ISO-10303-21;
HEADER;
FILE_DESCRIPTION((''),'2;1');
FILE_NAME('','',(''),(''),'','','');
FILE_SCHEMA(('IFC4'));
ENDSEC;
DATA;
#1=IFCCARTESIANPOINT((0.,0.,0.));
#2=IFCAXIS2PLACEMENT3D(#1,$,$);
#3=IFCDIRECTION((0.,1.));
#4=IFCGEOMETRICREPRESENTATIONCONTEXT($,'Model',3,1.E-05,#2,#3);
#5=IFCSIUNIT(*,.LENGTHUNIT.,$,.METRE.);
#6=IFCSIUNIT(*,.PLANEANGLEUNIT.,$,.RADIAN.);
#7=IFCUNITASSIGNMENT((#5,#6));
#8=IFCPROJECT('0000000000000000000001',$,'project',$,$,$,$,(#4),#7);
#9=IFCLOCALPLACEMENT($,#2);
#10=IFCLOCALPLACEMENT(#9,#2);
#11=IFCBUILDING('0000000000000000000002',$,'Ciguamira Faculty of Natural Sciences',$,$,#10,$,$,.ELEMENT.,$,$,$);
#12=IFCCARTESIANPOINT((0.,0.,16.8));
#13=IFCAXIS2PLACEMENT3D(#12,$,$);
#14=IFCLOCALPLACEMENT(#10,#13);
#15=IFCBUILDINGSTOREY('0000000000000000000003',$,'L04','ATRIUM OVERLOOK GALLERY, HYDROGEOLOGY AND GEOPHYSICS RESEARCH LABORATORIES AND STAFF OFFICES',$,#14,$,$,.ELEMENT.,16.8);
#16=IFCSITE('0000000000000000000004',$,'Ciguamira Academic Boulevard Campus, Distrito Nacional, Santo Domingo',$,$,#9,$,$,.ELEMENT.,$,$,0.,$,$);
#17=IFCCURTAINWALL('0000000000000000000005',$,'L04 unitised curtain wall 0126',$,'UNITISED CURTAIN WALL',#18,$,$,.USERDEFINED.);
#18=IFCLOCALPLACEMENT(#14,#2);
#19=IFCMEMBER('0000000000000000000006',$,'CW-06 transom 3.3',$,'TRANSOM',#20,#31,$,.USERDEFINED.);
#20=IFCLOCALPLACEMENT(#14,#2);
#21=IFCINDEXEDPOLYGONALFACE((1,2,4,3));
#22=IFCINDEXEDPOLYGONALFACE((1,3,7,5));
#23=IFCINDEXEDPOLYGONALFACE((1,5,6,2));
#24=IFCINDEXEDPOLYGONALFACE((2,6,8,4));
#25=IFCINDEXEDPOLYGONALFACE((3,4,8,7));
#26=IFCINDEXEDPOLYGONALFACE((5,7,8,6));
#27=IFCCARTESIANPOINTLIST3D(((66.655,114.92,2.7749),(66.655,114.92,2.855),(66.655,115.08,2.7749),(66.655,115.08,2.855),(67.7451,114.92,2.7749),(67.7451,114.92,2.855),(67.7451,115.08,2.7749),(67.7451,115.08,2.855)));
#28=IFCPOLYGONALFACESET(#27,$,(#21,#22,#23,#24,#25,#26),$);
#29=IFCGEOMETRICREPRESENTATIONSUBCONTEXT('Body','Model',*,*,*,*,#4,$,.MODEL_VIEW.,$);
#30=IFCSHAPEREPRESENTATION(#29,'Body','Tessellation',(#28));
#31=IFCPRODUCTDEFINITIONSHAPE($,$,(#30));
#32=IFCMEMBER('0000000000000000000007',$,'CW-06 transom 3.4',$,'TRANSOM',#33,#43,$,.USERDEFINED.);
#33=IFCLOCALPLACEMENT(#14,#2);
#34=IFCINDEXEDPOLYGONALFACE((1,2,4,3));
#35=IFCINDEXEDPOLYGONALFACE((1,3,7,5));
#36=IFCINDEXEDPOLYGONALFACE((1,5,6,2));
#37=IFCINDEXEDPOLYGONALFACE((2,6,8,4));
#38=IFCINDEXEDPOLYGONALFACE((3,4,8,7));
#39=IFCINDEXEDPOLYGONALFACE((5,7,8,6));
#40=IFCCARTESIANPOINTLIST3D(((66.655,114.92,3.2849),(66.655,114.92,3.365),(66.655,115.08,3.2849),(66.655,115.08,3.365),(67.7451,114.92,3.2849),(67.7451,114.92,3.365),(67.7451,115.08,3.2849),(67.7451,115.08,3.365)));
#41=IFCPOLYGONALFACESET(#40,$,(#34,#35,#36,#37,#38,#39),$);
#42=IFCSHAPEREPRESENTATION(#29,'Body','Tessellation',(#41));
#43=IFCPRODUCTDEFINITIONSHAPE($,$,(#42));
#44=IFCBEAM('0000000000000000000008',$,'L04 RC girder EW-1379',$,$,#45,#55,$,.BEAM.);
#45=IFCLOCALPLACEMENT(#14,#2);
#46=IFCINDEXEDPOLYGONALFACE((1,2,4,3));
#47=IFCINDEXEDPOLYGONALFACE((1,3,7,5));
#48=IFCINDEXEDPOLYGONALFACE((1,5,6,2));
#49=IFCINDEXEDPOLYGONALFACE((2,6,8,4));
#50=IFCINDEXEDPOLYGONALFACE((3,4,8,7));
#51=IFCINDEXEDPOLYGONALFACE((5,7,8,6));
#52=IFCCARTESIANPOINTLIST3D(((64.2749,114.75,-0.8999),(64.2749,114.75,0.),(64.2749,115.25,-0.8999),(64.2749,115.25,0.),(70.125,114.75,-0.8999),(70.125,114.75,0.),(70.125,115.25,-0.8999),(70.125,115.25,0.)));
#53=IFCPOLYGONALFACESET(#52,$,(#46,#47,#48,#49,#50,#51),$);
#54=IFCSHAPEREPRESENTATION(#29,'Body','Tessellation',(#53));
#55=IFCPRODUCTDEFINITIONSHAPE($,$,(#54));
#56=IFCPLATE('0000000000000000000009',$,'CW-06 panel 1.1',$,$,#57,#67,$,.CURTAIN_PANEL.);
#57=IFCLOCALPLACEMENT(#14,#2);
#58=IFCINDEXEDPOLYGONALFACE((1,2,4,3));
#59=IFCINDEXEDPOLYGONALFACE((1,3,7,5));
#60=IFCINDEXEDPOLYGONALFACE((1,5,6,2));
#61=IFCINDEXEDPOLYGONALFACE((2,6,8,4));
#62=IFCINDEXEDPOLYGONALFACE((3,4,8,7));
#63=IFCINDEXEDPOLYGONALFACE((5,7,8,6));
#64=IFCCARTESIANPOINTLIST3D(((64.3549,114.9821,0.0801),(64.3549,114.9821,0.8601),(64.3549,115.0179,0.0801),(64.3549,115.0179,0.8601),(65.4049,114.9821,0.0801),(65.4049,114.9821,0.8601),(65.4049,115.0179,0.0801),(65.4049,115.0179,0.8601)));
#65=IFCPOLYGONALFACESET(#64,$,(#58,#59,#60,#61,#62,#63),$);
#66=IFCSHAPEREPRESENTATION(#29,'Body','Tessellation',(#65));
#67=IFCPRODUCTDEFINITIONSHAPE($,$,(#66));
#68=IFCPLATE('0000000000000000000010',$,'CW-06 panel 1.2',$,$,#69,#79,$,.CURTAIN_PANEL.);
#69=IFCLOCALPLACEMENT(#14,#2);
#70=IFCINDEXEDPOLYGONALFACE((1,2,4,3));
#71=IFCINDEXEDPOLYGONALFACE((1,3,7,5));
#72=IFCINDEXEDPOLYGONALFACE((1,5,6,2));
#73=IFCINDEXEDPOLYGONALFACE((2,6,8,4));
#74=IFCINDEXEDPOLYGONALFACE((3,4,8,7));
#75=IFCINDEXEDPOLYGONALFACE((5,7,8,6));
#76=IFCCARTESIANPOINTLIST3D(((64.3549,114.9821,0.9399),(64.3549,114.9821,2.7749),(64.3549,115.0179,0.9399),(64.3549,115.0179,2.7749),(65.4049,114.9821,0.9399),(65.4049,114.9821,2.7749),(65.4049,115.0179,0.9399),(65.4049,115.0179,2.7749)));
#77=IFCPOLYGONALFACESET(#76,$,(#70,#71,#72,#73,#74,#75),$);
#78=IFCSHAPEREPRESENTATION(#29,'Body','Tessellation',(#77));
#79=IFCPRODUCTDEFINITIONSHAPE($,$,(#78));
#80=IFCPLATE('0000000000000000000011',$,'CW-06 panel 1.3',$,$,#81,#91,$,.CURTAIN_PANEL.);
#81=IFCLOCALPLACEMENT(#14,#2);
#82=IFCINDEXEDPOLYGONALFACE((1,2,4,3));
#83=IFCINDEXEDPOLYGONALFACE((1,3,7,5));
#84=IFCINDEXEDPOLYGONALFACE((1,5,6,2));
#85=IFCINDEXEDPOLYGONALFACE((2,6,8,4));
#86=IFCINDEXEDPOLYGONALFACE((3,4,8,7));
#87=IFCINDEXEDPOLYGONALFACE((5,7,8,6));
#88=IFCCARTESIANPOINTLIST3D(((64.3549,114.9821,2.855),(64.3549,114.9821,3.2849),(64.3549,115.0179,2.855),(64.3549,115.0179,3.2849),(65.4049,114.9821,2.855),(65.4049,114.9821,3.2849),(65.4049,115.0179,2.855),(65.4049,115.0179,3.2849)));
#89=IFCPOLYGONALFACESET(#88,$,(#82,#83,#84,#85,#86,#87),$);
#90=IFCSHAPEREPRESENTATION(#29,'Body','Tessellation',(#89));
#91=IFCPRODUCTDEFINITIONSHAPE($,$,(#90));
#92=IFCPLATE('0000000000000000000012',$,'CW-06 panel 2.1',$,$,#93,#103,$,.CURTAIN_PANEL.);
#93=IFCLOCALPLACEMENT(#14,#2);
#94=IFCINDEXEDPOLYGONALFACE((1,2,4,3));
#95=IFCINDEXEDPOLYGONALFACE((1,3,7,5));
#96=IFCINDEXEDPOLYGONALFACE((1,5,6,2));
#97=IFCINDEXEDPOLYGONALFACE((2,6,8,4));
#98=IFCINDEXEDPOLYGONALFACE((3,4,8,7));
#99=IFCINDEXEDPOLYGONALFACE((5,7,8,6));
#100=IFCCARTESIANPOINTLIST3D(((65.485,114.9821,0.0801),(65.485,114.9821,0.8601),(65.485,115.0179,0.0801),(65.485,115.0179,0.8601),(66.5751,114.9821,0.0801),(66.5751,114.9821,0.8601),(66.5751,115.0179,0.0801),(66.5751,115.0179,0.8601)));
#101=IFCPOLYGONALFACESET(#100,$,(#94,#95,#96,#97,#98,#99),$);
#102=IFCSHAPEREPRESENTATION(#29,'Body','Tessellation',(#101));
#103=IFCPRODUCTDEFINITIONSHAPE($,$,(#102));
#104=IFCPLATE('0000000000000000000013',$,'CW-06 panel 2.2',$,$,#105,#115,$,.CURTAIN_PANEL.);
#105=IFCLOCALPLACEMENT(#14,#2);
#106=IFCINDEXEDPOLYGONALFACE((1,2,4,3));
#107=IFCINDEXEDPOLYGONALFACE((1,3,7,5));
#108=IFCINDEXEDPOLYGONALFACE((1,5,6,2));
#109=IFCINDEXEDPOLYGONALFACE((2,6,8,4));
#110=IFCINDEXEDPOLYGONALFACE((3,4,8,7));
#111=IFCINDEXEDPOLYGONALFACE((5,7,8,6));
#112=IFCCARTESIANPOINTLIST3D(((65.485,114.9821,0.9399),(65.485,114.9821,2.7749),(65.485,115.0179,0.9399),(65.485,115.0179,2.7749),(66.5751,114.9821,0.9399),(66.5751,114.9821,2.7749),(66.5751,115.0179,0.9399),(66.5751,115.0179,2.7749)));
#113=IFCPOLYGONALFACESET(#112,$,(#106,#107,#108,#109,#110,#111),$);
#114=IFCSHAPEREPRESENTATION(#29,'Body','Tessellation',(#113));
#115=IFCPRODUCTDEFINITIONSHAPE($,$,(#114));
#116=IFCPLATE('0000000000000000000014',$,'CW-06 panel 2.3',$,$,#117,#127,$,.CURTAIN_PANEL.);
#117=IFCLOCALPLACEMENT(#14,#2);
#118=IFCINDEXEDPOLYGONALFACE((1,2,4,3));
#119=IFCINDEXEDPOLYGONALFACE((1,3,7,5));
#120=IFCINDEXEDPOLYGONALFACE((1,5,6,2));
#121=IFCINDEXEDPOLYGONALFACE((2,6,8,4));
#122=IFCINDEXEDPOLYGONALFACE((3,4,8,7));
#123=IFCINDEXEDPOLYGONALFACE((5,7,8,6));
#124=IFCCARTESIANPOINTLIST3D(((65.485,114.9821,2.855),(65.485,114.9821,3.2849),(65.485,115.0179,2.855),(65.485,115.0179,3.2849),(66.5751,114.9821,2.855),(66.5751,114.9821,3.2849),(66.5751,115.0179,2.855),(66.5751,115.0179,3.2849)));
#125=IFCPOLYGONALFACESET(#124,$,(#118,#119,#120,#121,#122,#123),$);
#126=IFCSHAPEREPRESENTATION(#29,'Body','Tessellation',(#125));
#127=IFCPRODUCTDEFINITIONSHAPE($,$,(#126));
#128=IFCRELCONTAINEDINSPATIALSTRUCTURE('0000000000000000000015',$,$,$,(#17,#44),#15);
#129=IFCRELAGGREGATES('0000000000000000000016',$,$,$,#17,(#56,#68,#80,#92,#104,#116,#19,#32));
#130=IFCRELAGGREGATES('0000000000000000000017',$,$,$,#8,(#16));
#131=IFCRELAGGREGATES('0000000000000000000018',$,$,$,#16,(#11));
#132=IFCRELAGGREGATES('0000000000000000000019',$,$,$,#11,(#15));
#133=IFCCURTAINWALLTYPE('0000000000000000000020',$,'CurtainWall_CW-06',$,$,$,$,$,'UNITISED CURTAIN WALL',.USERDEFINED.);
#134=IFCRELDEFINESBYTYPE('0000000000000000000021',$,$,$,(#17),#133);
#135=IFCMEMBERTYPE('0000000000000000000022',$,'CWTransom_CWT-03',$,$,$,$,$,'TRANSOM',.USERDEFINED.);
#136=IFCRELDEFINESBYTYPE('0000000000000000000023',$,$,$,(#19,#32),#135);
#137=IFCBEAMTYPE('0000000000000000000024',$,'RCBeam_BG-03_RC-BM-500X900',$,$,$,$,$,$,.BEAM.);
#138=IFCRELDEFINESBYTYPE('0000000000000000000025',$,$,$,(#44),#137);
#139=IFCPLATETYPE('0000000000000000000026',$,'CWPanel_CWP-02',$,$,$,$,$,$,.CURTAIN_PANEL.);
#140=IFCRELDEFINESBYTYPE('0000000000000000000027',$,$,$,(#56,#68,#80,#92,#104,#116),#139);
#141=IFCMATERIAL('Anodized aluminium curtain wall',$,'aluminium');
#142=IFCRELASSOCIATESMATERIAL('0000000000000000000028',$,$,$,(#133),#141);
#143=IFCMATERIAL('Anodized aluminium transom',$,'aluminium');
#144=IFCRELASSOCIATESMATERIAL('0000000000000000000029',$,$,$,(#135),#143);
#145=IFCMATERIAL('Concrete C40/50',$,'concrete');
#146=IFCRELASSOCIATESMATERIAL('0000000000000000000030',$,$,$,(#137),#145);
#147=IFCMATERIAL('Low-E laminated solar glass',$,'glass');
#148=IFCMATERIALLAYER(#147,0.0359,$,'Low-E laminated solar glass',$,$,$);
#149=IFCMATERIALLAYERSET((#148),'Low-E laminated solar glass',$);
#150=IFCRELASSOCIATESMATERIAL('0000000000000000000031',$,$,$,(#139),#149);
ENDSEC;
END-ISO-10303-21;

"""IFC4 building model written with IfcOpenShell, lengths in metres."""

from ifc_helpers import new_model, si_unit, direction, frame, origin, origin_2d, place, context, subcontext, project, spatial, rectangle, extrude, material, layer, layer_set, material_profile, profile_set, type_object, element, aggregate, save


model = new_model("IFC4")

# Units and contexts
model_context = context("Model", 3, precision=1e-05, world=origin(), true_north=direction((0.0, 1.0)))
body_context = subcontext(model_context, "Body", "Model", "MODEL_VIEW")
ifc_project = project(units=[si_unit("LENGTHUNIT", "METRE"), si_unit("PLANEANGLEUNIT", "RADIAN")], contexts=[model_context])

# Site, building, storey
site_placement = place(None, origin())
site = spatial("IfcSite", under=ifc_project, at=site_placement, Name="Ciguamira Academic Boulevard Campus, Distrito Nacional, Santo Domingo", CompositionType="ELEMENT", RefElevation=0.0)
building_placement = place(site_placement, origin())
building = spatial("IfcBuilding", under=site, at=building_placement, Name="Ciguamira Faculty of Natural Sciences", CompositionType="ELEMENT")
storey_placement = place(building_placement, frame((0.0, 0.0, 16.8)))
storey = spatial("IfcBuildingStorey", under=building, at=storey_placement, Name="L04", Description="ATRIUM OVERLOOK GALLERY, HYDROGEOLOGY AND GEOPHYSICS RESEARCH LABORATORIES AND STAFF OFFICES", CompositionType="ELEMENT", Elevation=16.8)

# Curtain wall, members
ifc_material_1 = material(Name="Anodized aluminium curtain wall", Category="aluminium")
curtain_wall_type = type_object("IfcCurtainWallType", Name="CurtainWall_CW-06", ElementType="UNITISED CURTAIN WALL", PredefinedType="USERDEFINED", material=ifc_material_1)
curtain_wall_placement = place(storey_placement, origin())
curtain_wall = element("IfcCurtainWall", 1, at=curtain_wall_placement, inside=storey, type_object=curtain_wall_type, Name="L04 unitised curtain wall 0126", ObjectType="UNITISED CURTAIN WALL", PredefinedType="USERDEFINED")
ifc_material_2 = material(Name="Anodized aluminium transom", Category="aluminium")
ifc_material_profile_1 = material_profile(ifc_material_2, rectangle(XDim=0.0801, YDim=0.1599, at=origin_2d()), Name="ALU-TRN-80X160")
ifc_profile_set_1 = profile_set([ifc_material_profile_1], Name="Anodized aluminium transom")
member_type_1 = type_object("IfcMemberType", Name="CWTransom_CWT-03", ElementType="TRANSOM", PredefinedType="USERDEFINED", material=ifc_profile_set_1)
member_1_placement = place(storey_placement, frame((66.655, 115.0, 2.8149), z_axis=(1.0, 0.0, 0.0), x_axis=(0.0, 0.0, 1.0)))
member_1 = element("IfcMember", 2, at=member_1_placement, type_object=member_type_1, Name="CW-06 transom 3.3", ObjectType="TRANSOM", PredefinedType="USERDEFINED", context=body_context, shape_type="SweptSolid", body=[
    extrude(rectangle(XDim=0.0801, YDim=0.1599, at=origin_2d()), origin(), (0.0, 0.0, 1.0), 1.0901),
])
member_2_placement = place(storey_placement, frame((66.655, 115.0, 3.325), z_axis=(1.0, 0.0, 0.0), x_axis=(0.0, 0.0, 1.0)))
member_2 = element("IfcMember", 3, at=member_2_placement, type_object=member_type_1, Name="CW-06 transom 3.4", ObjectType="TRANSOM", PredefinedType="USERDEFINED", context=body_context, shape_type="SweptSolid", body=[
    extrude(rectangle(XDim=0.0801, YDim=0.1599, at=origin_2d()), origin(), (0.0, 0.0, 1.0), 1.0901),
])

# Beam
ifc_material_3 = material(Name="Concrete C40/50", Category="concrete")
ifc_material_profile_2 = material_profile(ifc_material_3, rectangle(XDim=0.5, YDim=0.8999, at=origin_2d()), Name="RC-BM-500X900")
ifc_profile_set_2 = profile_set([ifc_material_profile_2], Name="Concrete C40/50")
beam_type = type_object("IfcBeamType", Name="RCBeam_BG-03_RC-BM-500X900", PredefinedType="BEAM", material=ifc_profile_set_2)
beam_placement = place(storey_placement, frame((64.2749, 115.0, -0.45), z_axis=(1.0, 0.0, 0.0), x_axis=(0.0, 1.0, 0.0)))
element("IfcBeam", 4, at=beam_placement, inside=storey, type_object=beam_type, Name="L04 RC girder EW-1379", PredefinedType="BEAM", context=body_context, shape_type="SweptSolid", body=[
    extrude(rectangle(XDim=0.5, YDim=0.8999, at=origin_2d()), origin(), (0.0, 0.0, 1.0), 5.8501),
])

# Plates
ifc_material_4 = material(Name="Low-E laminated solar glass", Category="glass")
ifc_layer = layer(ifc_material_4, 0.0359, Name="Low-E laminated solar glass")
ifc_layer_set = layer_set([ifc_layer], Name="Low-E laminated solar glass")
plate_type = type_object("IfcPlateType", Name="CWPanel_CWP-02", PredefinedType="CURTAIN_PANEL", material=ifc_layer_set)
plate_1_placement = place(storey_placement, frame((64.8799, 115.0, 0.0801), z_axis=(0.0, 0.0, 1.0), x_axis=(1.0, 0.0, 0.0)))
plate_1 = element("IfcPlate", 5, at=plate_1_placement, type_object=plate_type, Name="CW-06 panel 1.1", PredefinedType="CURTAIN_PANEL", context=body_context, shape_type="SweptSolid", body=[
    extrude(rectangle(XDim=1.05, YDim=0.0359, at=origin_2d()), origin(), (0.0, 0.0, 1.0), 0.78),
])
plate_2_placement = place(storey_placement, frame((64.8799, 115.0, 0.9399), z_axis=(0.0, 0.0, 1.0), x_axis=(1.0, 0.0, 0.0)))
plate_2 = element("IfcPlate", 6, at=plate_2_placement, type_object=plate_type, Name="CW-06 panel 1.2", PredefinedType="CURTAIN_PANEL", context=body_context, shape_type="SweptSolid", body=[
    extrude(rectangle(XDim=1.05, YDim=0.0359, at=origin_2d()), origin(), (0.0, 0.0, 1.0), 1.835),
])
plate_3_placement = place(storey_placement, frame((64.8799, 115.0, 2.855), z_axis=(0.0, 0.0, 1.0), x_axis=(1.0, 0.0, 0.0)))
plate_3 = element("IfcPlate", 7, at=plate_3_placement, type_object=plate_type, Name="CW-06 panel 1.3", PredefinedType="CURTAIN_PANEL", context=body_context, shape_type="SweptSolid", body=[
    extrude(rectangle(XDim=1.05, YDim=0.0359, at=origin_2d()), origin(), (0.0, 0.0, 1.0), 0.4299),
])
plate_4_placement = place(storey_placement, frame((66.03, 115.0, 0.0801), z_axis=(0.0, 0.0, 1.0), x_axis=(1.0, 0.0, 0.0)))
plate_4 = element("IfcPlate", 8, at=plate_4_placement, type_object=plate_type, Name="CW-06 panel 2.1", PredefinedType="CURTAIN_PANEL", context=body_context, shape_type="SweptSolid", body=[
    extrude(rectangle(XDim=1.0901, YDim=0.0359, at=origin_2d()), origin(), (0.0, 0.0, 1.0), 0.78),
])
plate_5_placement = place(storey_placement, frame((66.03, 115.0, 0.9399), z_axis=(0.0, 0.0, 1.0), x_axis=(1.0, 0.0, 0.0)))
plate_5 = element("IfcPlate", 9, at=plate_5_placement, type_object=plate_type, Name="CW-06 panel 2.2", PredefinedType="CURTAIN_PANEL", context=body_context, shape_type="SweptSolid", body=[
    extrude(rectangle(XDim=1.0901, YDim=0.0359, at=origin_2d()), origin(), (0.0, 0.0, 1.0), 1.835),
])
plate_6_placement = place(storey_placement, frame((66.03, 115.0, 2.855), z_axis=(0.0, 0.0, 1.0), x_axis=(1.0, 0.0, 0.0)))
plate_6 = element("IfcPlate", 10, at=plate_6_placement, type_object=plate_type, Name="CW-06 panel 2.3", PredefinedType="CURTAIN_PANEL", context=body_context, shape_type="SweptSolid", body=[
    extrude(rectangle(XDim=1.0901, YDim=0.0359, at=origin_2d()), origin(), (0.0, 0.0, 1.0), 0.4299),
])
aggregate(curtain_wall, [plate_1, plate_2, plate_3, plate_4, plate_5, plate_6, member_1, member_2])

save(model, "model.ifc")
